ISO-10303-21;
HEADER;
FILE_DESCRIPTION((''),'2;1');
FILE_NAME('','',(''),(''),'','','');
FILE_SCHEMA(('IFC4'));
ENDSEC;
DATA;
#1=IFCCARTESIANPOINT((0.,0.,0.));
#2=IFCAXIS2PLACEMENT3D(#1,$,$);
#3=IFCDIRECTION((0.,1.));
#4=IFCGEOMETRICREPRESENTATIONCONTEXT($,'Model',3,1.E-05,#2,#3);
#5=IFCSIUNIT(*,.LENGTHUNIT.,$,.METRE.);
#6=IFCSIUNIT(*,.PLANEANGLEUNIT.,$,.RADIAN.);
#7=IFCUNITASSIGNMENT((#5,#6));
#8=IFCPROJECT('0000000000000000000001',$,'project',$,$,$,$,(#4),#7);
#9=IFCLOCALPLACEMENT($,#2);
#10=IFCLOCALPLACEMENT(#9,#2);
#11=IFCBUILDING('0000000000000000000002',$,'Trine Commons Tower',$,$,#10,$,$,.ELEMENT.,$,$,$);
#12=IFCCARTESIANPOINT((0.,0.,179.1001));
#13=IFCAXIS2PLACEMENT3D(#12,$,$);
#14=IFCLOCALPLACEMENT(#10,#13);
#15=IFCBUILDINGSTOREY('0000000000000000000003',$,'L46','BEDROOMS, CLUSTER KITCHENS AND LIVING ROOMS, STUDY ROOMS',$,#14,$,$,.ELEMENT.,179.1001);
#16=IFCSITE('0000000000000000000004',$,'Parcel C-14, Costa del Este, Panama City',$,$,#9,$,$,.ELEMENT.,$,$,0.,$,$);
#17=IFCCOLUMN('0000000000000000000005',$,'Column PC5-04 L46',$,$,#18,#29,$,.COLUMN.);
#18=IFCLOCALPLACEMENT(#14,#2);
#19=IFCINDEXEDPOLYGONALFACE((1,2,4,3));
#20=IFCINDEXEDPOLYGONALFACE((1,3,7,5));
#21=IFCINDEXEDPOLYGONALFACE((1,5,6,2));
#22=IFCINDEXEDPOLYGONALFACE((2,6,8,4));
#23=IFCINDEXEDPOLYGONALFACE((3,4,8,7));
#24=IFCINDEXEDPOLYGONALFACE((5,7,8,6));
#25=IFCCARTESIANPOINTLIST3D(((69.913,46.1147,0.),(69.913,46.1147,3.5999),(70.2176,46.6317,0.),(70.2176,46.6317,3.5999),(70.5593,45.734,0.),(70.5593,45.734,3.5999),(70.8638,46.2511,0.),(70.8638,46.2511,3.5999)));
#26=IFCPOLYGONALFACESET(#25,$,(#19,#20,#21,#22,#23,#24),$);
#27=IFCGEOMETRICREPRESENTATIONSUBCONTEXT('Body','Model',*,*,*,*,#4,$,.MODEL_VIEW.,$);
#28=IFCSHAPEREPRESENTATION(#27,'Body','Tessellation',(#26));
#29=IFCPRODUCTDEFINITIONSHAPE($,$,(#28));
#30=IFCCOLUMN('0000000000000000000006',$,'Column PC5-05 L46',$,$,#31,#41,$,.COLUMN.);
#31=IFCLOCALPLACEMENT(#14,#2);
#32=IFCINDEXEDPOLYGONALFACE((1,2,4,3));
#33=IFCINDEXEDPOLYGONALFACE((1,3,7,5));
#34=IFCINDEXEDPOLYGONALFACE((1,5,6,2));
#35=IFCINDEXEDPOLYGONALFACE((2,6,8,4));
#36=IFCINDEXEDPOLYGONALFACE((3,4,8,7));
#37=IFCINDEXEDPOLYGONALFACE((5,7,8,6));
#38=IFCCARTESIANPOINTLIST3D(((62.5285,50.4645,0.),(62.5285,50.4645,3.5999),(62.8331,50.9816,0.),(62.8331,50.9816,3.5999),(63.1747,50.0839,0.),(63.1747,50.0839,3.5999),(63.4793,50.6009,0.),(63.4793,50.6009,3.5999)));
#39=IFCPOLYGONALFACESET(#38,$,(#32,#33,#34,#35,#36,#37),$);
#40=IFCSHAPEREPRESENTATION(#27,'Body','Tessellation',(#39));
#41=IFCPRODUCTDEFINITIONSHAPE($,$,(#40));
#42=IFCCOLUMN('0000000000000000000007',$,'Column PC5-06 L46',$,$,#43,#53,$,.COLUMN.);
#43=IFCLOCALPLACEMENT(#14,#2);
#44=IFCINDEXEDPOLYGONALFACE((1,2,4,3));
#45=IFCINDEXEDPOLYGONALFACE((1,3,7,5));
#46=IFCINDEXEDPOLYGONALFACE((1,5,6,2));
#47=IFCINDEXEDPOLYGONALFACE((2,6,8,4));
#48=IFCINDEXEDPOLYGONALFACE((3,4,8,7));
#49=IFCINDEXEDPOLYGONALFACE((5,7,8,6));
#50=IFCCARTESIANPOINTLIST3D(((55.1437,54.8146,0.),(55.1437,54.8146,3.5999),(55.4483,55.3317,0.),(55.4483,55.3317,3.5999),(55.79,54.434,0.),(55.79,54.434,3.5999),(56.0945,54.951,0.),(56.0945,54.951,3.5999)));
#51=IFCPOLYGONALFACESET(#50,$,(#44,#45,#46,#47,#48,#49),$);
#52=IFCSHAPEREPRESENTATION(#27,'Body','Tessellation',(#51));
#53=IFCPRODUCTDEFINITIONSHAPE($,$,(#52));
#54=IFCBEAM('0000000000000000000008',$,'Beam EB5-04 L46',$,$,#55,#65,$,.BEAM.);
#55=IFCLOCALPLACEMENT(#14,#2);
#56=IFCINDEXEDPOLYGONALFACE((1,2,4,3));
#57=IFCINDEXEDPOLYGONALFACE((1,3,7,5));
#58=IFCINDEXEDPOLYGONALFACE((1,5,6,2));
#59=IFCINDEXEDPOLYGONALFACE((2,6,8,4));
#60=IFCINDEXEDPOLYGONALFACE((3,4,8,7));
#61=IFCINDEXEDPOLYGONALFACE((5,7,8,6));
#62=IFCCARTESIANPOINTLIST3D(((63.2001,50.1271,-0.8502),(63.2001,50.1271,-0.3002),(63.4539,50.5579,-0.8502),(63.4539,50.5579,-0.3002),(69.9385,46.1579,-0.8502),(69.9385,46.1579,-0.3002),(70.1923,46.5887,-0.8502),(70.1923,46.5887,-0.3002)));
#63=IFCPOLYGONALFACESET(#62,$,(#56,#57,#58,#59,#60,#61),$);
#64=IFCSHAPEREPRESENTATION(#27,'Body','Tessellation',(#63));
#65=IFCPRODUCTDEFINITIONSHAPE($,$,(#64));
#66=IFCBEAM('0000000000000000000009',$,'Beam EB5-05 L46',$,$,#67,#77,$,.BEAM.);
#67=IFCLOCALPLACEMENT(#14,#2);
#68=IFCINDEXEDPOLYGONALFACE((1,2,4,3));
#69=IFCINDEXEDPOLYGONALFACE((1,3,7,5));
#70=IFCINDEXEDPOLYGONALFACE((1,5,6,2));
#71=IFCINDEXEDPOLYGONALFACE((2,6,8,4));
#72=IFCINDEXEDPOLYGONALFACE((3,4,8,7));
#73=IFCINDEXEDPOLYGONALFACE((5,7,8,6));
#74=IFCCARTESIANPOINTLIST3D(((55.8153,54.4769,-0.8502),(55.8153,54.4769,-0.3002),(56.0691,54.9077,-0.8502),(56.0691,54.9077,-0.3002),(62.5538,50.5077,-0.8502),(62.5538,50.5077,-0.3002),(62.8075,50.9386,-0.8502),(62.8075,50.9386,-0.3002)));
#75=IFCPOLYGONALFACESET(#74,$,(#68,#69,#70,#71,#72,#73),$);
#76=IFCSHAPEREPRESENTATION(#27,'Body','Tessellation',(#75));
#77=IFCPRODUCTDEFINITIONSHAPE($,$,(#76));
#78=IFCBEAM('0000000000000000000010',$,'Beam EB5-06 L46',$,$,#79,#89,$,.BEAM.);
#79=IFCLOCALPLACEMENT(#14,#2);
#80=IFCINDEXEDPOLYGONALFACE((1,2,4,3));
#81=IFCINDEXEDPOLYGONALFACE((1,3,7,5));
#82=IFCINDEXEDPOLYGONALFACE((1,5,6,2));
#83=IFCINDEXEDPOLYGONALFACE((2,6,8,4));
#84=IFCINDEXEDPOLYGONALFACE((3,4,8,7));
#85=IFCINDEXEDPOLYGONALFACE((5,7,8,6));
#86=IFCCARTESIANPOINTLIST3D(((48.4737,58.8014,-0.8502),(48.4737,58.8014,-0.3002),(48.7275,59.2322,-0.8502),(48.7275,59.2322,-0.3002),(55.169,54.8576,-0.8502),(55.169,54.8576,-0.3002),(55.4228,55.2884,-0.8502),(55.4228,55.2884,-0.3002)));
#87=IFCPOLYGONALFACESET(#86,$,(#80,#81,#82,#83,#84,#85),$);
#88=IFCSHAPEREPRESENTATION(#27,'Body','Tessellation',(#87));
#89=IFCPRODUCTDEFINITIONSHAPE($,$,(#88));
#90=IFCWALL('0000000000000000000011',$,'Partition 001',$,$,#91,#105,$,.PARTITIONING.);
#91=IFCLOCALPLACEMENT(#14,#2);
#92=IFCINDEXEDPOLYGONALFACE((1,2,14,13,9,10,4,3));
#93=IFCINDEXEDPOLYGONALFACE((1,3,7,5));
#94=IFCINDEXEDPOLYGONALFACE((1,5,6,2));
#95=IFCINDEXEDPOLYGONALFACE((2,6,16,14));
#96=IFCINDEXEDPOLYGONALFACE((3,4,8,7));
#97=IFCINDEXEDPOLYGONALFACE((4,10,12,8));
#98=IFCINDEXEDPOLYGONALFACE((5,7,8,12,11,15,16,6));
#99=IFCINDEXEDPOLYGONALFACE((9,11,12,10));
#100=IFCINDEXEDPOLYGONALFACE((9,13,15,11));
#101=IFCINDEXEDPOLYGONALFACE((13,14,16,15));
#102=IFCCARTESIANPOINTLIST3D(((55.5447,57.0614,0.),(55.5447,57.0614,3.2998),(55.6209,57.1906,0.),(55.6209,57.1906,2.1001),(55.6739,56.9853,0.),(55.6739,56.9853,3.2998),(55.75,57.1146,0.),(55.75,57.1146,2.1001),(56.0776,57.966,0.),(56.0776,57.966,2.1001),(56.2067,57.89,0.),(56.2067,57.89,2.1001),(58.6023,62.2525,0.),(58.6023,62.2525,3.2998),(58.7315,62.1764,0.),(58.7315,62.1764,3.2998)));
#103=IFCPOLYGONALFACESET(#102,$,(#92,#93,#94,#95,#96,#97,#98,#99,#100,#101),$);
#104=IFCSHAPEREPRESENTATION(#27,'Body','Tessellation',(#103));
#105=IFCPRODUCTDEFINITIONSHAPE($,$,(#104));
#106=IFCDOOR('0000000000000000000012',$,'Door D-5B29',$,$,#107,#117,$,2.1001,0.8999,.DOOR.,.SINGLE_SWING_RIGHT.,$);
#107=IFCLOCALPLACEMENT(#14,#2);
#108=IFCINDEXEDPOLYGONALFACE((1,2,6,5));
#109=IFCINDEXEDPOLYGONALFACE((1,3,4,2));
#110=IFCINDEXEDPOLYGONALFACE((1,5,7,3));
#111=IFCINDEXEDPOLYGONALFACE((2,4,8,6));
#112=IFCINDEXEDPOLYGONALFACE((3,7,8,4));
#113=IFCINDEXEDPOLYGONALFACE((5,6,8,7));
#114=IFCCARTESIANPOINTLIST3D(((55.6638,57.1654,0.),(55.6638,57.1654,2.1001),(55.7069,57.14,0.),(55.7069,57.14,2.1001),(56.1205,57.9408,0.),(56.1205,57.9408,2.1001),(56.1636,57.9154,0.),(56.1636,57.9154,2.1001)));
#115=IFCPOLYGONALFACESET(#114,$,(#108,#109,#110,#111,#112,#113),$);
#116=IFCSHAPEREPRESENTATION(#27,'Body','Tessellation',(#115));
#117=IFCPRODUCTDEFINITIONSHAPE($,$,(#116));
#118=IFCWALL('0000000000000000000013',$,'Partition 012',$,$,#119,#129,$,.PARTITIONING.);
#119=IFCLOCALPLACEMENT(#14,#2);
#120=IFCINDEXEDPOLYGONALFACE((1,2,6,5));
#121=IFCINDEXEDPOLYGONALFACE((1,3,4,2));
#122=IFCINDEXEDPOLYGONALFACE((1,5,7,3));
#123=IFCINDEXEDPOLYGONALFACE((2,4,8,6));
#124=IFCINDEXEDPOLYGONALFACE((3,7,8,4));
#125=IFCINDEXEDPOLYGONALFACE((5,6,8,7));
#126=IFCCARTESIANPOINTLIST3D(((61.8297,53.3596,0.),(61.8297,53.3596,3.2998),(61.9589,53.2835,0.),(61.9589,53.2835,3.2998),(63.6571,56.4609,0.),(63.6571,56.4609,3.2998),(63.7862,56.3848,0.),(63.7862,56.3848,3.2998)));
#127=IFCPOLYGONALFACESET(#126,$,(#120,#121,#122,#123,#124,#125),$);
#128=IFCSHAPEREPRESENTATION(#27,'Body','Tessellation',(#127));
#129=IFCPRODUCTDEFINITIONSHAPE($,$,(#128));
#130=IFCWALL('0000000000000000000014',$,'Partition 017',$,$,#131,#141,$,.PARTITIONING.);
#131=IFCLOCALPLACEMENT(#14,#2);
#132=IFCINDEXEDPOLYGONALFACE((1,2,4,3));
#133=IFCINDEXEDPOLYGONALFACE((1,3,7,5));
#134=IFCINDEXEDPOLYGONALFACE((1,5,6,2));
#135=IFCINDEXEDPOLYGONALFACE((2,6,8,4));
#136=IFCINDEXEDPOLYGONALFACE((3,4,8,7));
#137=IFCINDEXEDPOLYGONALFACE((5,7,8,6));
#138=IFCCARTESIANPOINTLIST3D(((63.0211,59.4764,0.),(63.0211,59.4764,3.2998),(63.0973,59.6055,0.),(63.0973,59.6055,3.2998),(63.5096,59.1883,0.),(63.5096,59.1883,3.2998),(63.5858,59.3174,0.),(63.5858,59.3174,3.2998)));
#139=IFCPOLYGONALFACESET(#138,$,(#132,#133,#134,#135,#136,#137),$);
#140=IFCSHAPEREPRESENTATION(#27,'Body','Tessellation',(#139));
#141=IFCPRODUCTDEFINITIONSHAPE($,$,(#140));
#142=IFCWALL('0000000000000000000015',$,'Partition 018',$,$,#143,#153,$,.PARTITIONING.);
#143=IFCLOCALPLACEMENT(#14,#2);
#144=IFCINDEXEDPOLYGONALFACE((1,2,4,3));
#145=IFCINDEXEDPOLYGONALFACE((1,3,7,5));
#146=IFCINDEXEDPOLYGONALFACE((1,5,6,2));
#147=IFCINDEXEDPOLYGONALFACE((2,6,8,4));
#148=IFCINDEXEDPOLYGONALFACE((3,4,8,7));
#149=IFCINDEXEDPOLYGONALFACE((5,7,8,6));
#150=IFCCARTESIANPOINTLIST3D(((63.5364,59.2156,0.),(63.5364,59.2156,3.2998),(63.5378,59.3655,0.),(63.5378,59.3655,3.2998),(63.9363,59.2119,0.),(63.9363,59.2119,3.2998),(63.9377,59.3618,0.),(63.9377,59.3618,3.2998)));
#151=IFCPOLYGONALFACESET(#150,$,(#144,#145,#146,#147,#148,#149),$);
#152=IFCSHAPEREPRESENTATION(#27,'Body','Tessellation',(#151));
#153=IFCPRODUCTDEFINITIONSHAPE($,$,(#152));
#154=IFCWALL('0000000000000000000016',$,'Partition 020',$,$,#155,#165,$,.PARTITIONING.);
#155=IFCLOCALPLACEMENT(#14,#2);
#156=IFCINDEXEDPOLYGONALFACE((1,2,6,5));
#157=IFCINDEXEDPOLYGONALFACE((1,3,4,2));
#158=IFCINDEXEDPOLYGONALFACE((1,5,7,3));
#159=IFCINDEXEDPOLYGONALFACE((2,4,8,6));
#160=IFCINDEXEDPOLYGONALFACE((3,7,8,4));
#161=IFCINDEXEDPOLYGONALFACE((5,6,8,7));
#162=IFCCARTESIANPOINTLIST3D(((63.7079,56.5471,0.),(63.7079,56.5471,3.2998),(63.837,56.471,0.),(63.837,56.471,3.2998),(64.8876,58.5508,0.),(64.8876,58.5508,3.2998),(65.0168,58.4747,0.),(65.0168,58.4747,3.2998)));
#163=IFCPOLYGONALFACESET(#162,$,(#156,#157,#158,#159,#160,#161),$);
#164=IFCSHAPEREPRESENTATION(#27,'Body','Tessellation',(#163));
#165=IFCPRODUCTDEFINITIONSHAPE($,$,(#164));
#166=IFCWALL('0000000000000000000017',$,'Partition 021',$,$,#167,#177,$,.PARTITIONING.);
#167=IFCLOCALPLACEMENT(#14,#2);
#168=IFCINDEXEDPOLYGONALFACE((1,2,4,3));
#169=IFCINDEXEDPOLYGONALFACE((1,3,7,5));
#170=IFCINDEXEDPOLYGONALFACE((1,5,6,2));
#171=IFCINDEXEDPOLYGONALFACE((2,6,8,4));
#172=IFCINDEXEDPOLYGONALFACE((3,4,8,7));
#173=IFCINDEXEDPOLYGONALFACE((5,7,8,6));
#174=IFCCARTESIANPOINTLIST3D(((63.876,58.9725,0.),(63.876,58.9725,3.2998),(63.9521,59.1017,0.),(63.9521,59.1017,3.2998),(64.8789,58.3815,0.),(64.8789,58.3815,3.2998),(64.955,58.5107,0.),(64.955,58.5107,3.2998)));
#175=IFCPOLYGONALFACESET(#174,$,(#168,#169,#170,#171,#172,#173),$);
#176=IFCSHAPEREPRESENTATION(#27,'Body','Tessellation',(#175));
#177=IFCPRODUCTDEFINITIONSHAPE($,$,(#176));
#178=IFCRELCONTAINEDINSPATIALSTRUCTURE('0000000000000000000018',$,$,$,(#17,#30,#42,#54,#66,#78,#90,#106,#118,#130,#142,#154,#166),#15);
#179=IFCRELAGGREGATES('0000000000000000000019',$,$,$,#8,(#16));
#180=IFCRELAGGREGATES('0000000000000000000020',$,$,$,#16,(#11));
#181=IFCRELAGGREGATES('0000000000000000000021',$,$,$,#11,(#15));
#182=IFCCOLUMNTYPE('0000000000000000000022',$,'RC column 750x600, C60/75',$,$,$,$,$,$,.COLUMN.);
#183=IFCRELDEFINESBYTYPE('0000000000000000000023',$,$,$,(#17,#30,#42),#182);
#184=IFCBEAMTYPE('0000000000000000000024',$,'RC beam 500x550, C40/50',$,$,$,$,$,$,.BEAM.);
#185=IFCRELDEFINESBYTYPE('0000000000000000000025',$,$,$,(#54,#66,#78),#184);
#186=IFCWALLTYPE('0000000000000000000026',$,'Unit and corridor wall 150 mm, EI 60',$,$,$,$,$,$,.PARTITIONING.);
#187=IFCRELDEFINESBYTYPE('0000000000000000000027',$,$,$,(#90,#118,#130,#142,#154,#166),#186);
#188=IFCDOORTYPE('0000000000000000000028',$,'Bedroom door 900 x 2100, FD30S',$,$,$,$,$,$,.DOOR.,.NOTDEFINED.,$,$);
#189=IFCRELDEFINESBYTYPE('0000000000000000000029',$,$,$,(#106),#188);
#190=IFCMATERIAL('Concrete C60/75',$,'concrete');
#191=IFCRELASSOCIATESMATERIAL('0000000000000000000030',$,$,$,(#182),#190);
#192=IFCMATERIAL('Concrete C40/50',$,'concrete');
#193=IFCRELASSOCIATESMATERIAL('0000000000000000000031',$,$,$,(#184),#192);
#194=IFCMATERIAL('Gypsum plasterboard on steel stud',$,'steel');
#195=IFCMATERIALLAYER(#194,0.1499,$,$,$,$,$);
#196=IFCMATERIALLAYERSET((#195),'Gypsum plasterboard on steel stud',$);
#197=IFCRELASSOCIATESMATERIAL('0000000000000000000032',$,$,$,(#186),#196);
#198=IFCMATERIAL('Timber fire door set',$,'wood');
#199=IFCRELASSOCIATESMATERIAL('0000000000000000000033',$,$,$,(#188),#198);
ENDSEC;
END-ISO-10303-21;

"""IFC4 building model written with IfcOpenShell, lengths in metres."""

from ifc_helpers import new_model, si_unit, direction, frame, frame_2d, origin, origin_2d, place, context, subcontext, project, spatial, rectangle, extrude, material, layer, layer_set, material_profile, profile_set, type_object, element, fill, save


model = new_model("IFC4")

# Units and contexts
model_context = context("Model", 3, precision=1e-05, world=origin(), true_north=direction((0.0, 1.0)))
body_context = subcontext(model_context, "Body", "Model", "MODEL_VIEW")
ifc_project = project(units=[si_unit("LENGTHUNIT", "METRE"), si_unit("PLANEANGLEUNIT", "RADIAN")], contexts=[model_context])

# Site, building, storey
site_placement = place(None, origin())
site = spatial("IfcSite", under=ifc_project, at=site_placement, Name="Parcel C-14, Costa del Este, Panama City", CompositionType="ELEMENT", RefElevation=0.0)
building_placement = place(site_placement, origin())
building = spatial("IfcBuilding", under=site, at=building_placement, Name="Trine Commons Tower", CompositionType="ELEMENT")
storey_placement = place(building_placement, frame((0.0, 0.0, 179.1001)))
storey = spatial("IfcBuildingStorey", under=building, at=storey_placement, Name="L46", Description="BEDROOMS, CLUSTER KITCHENS AND LIVING ROOMS, STUDY ROOMS", CompositionType="ELEMENT", Elevation=179.1001)

# Columns
ifc_material_1 = material(Name="Concrete C60/75", Category="concrete")
ifc_material_profile_1 = material_profile(ifc_material_1, rectangle(XDim=0.75, YDim=0.6001, at=origin_2d()), Name="RC 750x600")
ifc_profile_set_1 = profile_set([ifc_material_profile_1], Name="Concrete C60/75")
column_type = type_object("IfcColumnType", Name="RC column 750x600, C60/75", PredefinedType="COLUMN", material=ifc_profile_set_1)
for number, where, z_axis, x_axis, name in (
    (1, (70.3884, 46.1829, 0.0), (0.0, 0.0, 1.0), (-0.861629, 0.507538, 0.0), "Column PC5-04 L46"),
    (2, (63.0039, 50.5327, 0.0), (0.0, 0.0, 1.0), (-0.861629, 0.507538, 0.0), "Column PC5-05 L46"),
    (3, (55.6191, 54.8828, 0.0), (0.0, 0.0, 1.0), (-0.861629, 0.507538, 0.0), "Column PC5-06 L46"),
):
    element("IfcColumn", number, at=place(storey_placement, frame(where, z_axis=z_axis, x_axis=x_axis)), inside=storey, type_object=column_type, Name=name, PredefinedType="COLUMN", context=body_context, shape_type="SweptSolid", body=[
        extrude(rectangle(XDim=0.75, YDim=0.6001, at=origin_2d()), origin(), (0.0, 0.0, 1.0), 3.5999),
    ])

# Beams
ifc_material_2 = material(Name="Concrete C40/50", Category="concrete")
ifc_material_profile_2 = material_profile(ifc_material_2, rectangle(XDim=0.5, YDim=0.55, at=origin_2d()), Name="RC 500x550")
ifc_profile_set_2 = profile_set([ifc_material_profile_2], Name="Concrete C40/50")
beam_type = type_object("IfcBeamType", Name="RC beam 500x550, C40/50", PredefinedType="BEAM", material=ifc_profile_set_2)
for number, where, z_axis, x_axis, name in (
    (4, (70.0654, 46.3733, -0.5752), (-0.861632, 0.507533, 0.0), (-0.507533, -0.861632, 0.0), "Beam EB5-04 L46"),
    (5, (62.6807, 50.7231, -0.5752), (-0.861632, 0.507533, 0.0), (-0.507533, -0.861632, 0.0), "Beam EB5-05 L46"),
):
    element("IfcBeam", number, at=place(storey_placement, frame(where, z_axis=z_axis, x_axis=x_axis)), inside=storey, type_object=beam_type, Name=name, PredefinedType="BEAM", context=body_context, shape_type="SweptSolid", body=[
        extrude(rectangle(XDim=0.5, YDim=0.55, at=origin_2d()), origin(), (0.0, 0.0, 1.0), 7.8206),
    ])
beam_placement = place(storey_placement, frame((55.2959, 55.073, -0.5752), z_axis=(-0.861629, 0.507539, 0.0), x_axis=(-0.507539, -0.861629, 0.0)))
element("IfcBeam", 6, at=beam_placement, inside=storey, type_object=beam_type, Name="Beam EB5-06 L46", PredefinedType="BEAM", context=body_context, shape_type="SweptSolid", body=[
    extrude(rectangle(XDim=0.5, YDim=0.55, at=origin_2d()), origin(), (0.0, 0.0, 1.0), 7.7705),
])

# Wall, opening, door
ifc_material_3 = material(Name="Gypsum plasterboard on steel stud", Category="steel")
ifc_layer_1 = layer(ifc_material_3, 0.1499)
ifc_layer_set_1 = layer_set([ifc_layer_1], Name="Gypsum plasterboard on steel stud")
wall_type_1 = type_object("IfcWallType", Name="Unit and corridor wall 150 mm, EI 60", PredefinedType="PARTITIONING", material=ifc_layer_set_1)
wall_1_placement = place(storey_placement, frame((55.6094, 57.0234, 0.0), z_axis=(0.0, 0.0, 1.0), x_axis=(0.507512, 0.861644, 0.0)))
wall_1 = element("IfcWall", 7, at=wall_1_placement, inside=storey, type_object=wall_type_1, Name="Partition 001", PredefinedType="PARTITIONING", context=body_context, shape_type="SweptSolid", body=[
    extrude(rectangle(XDim=6.0247, YDim=0.1499, at=frame_2d((3.0122, 0.0))), origin(), (0.0, 0.0, 1.0), 3.2998),
])
opening_1_placement = place(wall_1_placement, frame((0.1499, 0.0, 0.0)))
opening_1 = element("IfcOpeningElement", 8, at=opening_1_placement, cuts=wall_1, PredefinedType="OPENING", context=body_context, shape_type="SweptSolid", body=[
    extrude(rectangle(XDim=0.8999, YDim=2.1001, at=frame_2d((0.45, 1.05))), frame((0.0, 0.085, 0.0), z_axis=(0.0, -1.0, 0.0), x_axis=(1.0, 0.0, 0.0)), (0.0, 0.0, 1.0), 0.1699),
])
ifc_material_4 = material(Name="Timber fire door set", Category="wood")
door_type_1 = type_object("IfcDoorType", Name="Bedroom door 900 x 2100, FD30S", OperationType="NOTDEFINED", PredefinedType="DOOR", material=ifc_material_4)
door_1_placement = place(opening_1_placement, frame((0.8999, 0.0, 0.0), z_axis=(0.0, 0.0, 1.0), x_axis=(-1.0, 0.0, 0.0)))
door_1 = element("IfcDoor", 9, at=door_1_placement, inside=storey, type_object=door_type_1, Name="Door D-5B29", OperationType="SINGLE_SWING_RIGHT", OverallHeight=2.1001, OverallWidth=0.8999, PredefinedType="DOOR", context=body_context, shape_type="SweptSolid", body=[
    extrude(rectangle(XDim=0.8999, YDim=2.1001, at=frame_2d((0.45, 1.05))), frame((0.0, 0.0249, 0.0), z_axis=(0.0, -1.0, 0.0), x_axis=(1.0, 0.0, 0.0)), (0.0, 0.0, 1.0), 0.05),
])
fill(opening_1, door_1)

# Walls
wall_2_placement = place(storey_placement, frame((61.8943, 53.3215, 0.0), z_axis=(0.0, 0.0, 1.0), x_axis=(0.507657, 0.861559, 0.0)))
element("IfcWall", 10, at=wall_2_placement, inside=storey, type_object=wall_type_1, Name="Partition 012", PredefinedType="PARTITIONING", context=body_context, shape_type="SweptSolid", body=[
    extrude(rectangle(XDim=3.5996, YDim=0.1499, at=frame_2d((1.7998, 0.0))), origin(), (0.0, 0.0, 1.0), 3.2998),
])
wall_3_placement = place(storey_placement, frame((63.0591, 59.541, 0.0), z_axis=(0.0, 0.0, 1.0), x_axis=(0.86138, -0.50796, 0.0)))
element("IfcWall", 11, at=wall_3_placement, inside=storey, type_object=wall_type_1, Name="Partition 017", PredefinedType="PARTITIONING", context=body_context, shape_type="SweptSolid", body=[
    extrude(rectangle(XDim=0.5671, YDim=0.1499, at=frame_2d((0.2837, 0.0))), origin(), (0.0, 0.0, 1.0), 3.2998),
])
wall_4_placement = place(storey_placement, frame((63.5371, 59.2905, 0.0), z_axis=(0.0, 0.0, 1.0), x_axis=(0.999958, -0.009157, 0.0)))
element("IfcWall", 12, at=wall_4_placement, inside=storey, type_object=wall_type_1, Name="Partition 018", PredefinedType="PARTITIONING", context=body_context, shape_type="SweptSolid", body=[
    extrude(rectangle(XDim=0.3999, YDim=0.1499, at=frame_2d((0.2, 0.0))), origin(), (0.0, 0.0, 1.0), 3.2998),
])
wall_5_placement = place(storey_placement, frame((63.7725, 56.509, 0.0), z_axis=(0.0, 0.0, 1.0), x_axis=(0.50736, 0.861734, 0.0)))
element("IfcWall", 13, at=wall_5_placement, inside=storey, type_object=wall_type_1, Name="Partition 020", PredefinedType="PARTITIONING", context=body_context, shape_type="SweptSolid", body=[
    extrude(rectangle(XDim=2.3252, YDim=0.1499, at=frame_2d((1.1626, 0.0))), origin(), (0.0, 0.0, 1.0), 3.2998),
])
wall_6_placement = place(storey_placement, frame((63.9141, 59.0371, 0.0), z_axis=(0.0, 0.0, 1.0), x_axis=(0.861519, -0.507726, 0.0)))
element("IfcWall", 14, at=wall_6_placement, inside=storey, type_object=wall_type_1, Name="Partition 021", PredefinedType="PARTITIONING", context=body_context, shape_type="SweptSolid", body=[
    extrude(rectangle(XDim=1.1641, YDim=0.1499, at=frame_2d((0.582, 0.0))), origin(), (0.0, 0.0, 1.0), 3.2998),
])

save(model, "model.ifc")
